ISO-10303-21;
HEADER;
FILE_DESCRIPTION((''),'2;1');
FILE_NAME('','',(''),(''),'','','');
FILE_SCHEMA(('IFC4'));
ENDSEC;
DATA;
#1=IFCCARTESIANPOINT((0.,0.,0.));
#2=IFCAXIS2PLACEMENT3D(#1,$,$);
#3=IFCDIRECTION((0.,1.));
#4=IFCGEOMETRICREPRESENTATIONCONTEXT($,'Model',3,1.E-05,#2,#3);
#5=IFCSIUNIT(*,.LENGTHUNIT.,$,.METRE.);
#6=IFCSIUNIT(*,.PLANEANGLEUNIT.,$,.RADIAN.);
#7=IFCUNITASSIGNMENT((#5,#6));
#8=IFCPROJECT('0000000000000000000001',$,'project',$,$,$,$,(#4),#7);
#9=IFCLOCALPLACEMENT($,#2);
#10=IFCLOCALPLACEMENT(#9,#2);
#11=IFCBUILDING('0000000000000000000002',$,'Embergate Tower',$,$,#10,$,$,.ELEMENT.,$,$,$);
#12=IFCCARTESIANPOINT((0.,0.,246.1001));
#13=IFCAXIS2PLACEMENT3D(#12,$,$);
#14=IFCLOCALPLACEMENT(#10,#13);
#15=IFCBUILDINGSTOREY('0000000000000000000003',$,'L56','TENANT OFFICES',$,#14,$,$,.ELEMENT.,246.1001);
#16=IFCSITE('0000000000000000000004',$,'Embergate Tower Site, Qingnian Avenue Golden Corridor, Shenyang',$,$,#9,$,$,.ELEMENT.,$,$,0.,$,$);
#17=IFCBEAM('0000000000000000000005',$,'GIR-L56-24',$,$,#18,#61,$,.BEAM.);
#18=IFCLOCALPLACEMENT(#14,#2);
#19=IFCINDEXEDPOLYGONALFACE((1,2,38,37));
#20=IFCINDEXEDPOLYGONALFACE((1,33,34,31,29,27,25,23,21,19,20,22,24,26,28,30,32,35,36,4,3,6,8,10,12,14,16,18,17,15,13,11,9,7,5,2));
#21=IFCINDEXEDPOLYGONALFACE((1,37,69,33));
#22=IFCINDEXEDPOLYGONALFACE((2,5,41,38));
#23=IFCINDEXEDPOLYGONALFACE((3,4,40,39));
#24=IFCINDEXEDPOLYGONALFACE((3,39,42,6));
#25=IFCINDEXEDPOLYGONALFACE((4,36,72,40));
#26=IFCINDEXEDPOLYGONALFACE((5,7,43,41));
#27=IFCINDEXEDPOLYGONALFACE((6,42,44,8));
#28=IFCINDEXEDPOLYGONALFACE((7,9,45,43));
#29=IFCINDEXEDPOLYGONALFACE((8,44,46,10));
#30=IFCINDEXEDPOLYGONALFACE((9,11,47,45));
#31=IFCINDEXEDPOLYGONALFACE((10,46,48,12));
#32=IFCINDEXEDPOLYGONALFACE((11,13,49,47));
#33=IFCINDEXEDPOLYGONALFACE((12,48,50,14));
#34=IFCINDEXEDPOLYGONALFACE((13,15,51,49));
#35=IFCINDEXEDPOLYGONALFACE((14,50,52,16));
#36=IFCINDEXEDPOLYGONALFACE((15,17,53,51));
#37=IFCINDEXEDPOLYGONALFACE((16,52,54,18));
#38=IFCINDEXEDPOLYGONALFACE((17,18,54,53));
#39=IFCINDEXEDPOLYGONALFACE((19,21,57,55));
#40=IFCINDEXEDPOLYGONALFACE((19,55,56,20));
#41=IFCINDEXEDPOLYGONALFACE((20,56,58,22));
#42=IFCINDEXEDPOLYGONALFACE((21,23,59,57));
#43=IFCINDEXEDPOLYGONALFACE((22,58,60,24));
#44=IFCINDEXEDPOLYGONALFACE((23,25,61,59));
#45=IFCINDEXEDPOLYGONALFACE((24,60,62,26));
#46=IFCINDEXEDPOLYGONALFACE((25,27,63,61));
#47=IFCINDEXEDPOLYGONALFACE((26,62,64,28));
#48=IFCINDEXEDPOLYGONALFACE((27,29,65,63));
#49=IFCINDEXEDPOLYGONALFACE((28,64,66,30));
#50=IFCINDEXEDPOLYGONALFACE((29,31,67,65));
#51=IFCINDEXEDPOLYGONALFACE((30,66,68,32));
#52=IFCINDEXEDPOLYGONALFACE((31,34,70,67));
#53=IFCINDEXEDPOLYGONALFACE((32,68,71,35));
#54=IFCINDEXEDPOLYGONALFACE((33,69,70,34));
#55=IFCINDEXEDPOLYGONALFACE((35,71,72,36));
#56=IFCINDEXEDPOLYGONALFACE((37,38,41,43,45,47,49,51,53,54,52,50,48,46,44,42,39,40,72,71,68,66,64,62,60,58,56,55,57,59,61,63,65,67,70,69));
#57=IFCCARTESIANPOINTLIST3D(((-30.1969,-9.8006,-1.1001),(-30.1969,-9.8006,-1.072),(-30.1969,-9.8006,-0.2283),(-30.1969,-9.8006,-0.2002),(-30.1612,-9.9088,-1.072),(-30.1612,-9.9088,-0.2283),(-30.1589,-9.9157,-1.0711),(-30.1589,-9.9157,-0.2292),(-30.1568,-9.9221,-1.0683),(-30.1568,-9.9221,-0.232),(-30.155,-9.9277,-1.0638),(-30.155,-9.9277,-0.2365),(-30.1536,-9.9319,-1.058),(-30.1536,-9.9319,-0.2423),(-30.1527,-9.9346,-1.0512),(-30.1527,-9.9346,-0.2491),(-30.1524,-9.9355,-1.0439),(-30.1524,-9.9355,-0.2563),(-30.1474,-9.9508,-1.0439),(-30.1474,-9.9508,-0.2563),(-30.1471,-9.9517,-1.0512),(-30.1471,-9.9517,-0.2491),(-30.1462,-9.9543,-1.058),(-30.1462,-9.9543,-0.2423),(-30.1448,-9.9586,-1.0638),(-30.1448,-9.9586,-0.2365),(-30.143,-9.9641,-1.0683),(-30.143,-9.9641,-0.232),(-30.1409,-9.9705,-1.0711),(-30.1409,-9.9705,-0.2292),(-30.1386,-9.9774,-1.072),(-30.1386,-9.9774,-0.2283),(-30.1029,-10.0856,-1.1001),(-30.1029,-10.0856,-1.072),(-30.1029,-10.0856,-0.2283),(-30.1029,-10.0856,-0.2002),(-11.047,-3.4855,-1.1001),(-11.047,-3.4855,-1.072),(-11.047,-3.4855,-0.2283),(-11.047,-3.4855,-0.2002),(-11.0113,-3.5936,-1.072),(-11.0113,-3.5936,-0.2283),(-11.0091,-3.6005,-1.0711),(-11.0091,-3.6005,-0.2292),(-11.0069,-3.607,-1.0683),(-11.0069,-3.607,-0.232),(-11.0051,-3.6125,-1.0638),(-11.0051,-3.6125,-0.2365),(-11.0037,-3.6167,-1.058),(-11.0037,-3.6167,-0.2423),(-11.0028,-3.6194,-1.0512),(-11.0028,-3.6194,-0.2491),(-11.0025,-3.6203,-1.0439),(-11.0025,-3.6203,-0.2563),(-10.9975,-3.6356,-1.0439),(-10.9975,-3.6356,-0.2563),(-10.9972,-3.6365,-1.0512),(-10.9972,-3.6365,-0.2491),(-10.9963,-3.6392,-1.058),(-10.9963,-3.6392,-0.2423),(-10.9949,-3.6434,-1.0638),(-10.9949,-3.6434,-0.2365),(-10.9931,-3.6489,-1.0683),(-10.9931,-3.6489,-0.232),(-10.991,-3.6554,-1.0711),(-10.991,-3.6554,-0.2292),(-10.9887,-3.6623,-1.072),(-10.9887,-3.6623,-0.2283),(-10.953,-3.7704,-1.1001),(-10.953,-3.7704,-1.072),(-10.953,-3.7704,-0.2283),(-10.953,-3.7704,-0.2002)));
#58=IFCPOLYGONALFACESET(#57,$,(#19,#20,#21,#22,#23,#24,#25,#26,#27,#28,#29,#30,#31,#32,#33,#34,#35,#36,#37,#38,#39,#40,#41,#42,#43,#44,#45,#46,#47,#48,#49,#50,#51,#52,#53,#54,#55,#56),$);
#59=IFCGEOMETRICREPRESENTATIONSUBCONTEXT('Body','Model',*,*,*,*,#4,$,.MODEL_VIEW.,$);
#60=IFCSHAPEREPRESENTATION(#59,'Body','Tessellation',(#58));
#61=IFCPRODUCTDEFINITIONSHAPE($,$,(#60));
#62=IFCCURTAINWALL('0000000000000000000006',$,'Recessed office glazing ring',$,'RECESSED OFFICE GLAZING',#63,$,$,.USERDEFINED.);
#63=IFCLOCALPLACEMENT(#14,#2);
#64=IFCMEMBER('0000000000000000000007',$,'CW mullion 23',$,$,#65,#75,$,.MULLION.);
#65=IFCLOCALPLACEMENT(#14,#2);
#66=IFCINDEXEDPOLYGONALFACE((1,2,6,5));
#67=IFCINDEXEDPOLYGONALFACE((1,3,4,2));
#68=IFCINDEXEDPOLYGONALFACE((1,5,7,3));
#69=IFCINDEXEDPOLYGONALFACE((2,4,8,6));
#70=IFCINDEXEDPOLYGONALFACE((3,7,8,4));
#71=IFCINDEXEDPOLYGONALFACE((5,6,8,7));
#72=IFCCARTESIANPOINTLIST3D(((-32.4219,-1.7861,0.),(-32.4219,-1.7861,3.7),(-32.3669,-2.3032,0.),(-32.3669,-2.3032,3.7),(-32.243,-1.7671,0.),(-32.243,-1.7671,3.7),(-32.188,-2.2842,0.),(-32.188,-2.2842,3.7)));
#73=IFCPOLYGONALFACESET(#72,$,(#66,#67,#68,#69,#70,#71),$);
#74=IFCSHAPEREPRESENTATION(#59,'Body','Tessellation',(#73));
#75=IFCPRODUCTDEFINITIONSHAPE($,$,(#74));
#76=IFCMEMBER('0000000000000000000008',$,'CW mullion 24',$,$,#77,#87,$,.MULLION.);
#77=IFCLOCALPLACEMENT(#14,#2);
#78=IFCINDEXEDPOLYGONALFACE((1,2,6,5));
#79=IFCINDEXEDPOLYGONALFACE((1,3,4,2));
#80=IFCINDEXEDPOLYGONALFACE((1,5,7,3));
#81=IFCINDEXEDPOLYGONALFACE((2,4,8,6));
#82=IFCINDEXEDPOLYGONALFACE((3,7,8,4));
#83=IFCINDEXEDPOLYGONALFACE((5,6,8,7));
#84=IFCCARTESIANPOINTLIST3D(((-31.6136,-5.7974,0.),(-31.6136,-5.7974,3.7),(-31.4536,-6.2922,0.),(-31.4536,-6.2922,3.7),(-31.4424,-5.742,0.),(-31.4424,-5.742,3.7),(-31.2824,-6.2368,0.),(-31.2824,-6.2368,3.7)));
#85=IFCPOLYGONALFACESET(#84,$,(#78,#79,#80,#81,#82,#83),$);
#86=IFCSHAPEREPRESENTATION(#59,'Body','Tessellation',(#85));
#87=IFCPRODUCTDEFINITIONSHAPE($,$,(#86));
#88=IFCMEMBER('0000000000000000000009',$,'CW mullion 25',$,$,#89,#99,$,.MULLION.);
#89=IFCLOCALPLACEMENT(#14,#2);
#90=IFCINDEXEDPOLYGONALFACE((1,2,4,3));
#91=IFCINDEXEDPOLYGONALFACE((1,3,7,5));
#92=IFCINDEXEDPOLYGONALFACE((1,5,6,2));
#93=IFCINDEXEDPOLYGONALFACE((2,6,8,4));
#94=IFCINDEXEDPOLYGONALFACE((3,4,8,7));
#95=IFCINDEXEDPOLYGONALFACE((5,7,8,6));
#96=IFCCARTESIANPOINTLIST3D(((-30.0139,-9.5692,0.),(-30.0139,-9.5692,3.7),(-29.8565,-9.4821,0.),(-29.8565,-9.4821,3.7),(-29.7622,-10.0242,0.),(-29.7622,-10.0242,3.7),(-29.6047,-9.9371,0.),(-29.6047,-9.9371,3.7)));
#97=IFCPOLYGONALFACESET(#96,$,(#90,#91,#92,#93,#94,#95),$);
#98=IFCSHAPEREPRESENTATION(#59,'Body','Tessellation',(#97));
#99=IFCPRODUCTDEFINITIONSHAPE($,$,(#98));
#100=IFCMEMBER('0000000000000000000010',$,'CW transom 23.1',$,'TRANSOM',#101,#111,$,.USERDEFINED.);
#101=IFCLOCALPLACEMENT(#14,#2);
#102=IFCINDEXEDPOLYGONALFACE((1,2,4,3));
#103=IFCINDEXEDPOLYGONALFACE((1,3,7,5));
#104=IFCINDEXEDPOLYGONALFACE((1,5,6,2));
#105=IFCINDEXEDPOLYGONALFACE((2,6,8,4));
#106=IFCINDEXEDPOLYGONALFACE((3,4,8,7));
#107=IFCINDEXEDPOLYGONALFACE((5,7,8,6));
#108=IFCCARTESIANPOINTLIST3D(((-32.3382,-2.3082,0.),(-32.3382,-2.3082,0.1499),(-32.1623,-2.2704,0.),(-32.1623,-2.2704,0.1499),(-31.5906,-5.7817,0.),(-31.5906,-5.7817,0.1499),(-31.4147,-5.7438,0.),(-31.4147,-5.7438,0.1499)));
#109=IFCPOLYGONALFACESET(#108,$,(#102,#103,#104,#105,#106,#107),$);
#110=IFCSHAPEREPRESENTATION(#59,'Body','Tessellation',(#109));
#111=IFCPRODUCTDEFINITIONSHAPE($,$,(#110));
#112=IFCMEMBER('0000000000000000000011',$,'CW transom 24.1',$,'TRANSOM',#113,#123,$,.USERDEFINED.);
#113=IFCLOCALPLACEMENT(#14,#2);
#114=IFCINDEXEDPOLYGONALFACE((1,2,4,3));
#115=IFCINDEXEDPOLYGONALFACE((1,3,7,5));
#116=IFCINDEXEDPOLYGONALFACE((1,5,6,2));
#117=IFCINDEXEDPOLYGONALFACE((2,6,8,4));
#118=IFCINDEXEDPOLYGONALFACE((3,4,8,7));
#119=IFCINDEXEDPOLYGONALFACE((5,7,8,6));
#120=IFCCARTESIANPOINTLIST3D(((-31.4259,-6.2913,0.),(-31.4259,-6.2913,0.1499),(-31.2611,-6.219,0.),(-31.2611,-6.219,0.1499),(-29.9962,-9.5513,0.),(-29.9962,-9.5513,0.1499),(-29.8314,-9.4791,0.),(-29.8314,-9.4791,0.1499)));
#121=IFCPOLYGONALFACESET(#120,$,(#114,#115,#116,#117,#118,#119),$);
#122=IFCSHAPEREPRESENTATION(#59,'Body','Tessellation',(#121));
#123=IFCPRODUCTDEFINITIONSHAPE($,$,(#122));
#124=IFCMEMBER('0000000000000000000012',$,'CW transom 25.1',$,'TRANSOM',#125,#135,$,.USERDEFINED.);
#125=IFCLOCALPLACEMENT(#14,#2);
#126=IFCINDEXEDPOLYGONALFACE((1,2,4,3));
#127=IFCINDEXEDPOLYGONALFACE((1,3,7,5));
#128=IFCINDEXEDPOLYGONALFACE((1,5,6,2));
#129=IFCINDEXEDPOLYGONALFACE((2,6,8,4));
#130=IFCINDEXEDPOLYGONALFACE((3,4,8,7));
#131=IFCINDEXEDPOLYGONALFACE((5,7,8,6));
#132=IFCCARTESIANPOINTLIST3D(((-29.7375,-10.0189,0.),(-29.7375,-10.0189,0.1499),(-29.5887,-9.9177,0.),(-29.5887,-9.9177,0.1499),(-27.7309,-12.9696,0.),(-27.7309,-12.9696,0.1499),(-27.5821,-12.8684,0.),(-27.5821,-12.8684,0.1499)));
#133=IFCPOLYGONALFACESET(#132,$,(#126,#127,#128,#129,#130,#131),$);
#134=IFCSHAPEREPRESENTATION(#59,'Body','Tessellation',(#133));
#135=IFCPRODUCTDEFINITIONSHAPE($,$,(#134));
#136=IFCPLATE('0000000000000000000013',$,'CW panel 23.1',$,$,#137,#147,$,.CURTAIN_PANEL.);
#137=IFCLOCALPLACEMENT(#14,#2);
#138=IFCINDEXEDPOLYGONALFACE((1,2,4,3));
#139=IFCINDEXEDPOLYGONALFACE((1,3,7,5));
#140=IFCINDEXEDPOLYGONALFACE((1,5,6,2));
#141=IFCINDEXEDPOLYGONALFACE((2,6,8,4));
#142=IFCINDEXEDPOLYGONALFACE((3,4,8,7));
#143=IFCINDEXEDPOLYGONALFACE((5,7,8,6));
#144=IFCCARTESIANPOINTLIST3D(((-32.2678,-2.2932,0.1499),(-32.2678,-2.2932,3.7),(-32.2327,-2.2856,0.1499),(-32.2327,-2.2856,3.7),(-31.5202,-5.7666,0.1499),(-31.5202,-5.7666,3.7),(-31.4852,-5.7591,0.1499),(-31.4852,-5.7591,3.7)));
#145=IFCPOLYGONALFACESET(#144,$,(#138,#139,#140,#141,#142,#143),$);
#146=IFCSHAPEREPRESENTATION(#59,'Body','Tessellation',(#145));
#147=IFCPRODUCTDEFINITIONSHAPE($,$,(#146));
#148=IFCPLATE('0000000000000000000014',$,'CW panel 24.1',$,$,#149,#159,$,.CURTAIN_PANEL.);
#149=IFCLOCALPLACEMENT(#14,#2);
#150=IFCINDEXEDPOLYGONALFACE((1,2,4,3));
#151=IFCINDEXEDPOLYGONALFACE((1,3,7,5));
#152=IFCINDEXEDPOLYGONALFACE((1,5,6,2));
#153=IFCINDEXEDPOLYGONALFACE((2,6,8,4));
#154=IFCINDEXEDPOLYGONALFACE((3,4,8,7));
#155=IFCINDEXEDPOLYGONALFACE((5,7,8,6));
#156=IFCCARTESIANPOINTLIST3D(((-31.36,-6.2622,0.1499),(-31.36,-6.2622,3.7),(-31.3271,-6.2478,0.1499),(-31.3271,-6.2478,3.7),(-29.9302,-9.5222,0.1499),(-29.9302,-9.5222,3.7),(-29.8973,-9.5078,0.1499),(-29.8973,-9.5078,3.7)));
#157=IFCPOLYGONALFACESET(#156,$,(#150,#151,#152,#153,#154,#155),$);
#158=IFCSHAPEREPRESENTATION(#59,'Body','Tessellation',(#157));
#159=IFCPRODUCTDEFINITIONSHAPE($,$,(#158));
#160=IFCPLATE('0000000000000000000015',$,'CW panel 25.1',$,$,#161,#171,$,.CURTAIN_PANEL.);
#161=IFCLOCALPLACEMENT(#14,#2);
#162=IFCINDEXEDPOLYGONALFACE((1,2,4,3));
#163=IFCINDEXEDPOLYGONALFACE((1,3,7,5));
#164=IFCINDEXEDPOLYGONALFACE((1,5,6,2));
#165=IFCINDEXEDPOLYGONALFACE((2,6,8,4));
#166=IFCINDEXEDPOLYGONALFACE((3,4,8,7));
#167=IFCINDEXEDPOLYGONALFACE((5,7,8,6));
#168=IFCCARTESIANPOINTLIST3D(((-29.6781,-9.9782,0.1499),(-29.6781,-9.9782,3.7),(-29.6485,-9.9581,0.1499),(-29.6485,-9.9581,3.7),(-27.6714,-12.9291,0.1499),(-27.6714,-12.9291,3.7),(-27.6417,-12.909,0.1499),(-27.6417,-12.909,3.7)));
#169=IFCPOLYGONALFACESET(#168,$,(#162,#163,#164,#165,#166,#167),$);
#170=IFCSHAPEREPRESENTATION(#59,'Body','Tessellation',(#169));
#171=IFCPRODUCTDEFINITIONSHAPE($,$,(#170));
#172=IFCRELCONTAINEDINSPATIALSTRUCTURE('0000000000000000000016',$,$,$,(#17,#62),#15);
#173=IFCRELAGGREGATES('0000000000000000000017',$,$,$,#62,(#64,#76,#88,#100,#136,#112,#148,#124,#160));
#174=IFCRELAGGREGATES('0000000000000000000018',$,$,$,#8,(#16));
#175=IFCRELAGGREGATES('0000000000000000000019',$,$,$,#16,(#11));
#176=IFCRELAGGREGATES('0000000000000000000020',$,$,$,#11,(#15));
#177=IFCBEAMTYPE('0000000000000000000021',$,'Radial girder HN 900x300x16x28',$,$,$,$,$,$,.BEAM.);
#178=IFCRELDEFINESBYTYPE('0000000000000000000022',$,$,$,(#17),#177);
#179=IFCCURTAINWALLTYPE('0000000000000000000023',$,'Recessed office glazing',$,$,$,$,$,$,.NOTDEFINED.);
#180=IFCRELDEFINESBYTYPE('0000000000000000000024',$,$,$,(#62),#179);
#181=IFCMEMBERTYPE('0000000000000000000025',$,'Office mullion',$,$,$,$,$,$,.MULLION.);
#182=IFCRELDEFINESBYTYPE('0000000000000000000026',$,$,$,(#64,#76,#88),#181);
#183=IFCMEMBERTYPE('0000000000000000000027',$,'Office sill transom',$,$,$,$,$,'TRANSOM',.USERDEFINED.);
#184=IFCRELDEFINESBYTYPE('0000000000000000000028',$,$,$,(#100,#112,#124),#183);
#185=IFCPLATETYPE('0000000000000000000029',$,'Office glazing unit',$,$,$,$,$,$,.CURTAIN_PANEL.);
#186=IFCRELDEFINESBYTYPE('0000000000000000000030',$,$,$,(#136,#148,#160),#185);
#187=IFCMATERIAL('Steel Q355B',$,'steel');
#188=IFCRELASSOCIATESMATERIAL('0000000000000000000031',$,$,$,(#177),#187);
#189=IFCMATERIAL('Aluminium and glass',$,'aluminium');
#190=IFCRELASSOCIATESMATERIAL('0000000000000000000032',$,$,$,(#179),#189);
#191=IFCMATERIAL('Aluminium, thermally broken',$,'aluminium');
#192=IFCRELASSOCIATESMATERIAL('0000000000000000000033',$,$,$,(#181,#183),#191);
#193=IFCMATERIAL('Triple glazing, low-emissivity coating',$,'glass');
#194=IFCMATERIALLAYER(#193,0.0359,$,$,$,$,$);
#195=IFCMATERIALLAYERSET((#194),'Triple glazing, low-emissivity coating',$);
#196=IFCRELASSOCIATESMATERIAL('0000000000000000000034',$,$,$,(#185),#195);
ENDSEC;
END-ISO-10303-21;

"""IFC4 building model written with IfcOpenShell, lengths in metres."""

from ifc_helpers import new_model, si_unit, direction, frame, origin, origin_2d, place, context, subcontext, project, spatial, rectangle, i_section, extrude, source, transform, mapped, material, layer, layer_set, material_profile, profile_set, type_object, element, aggregate, save


model = new_model("IFC4")

# Units and contexts
model_context = context("Model", 3, precision=1e-05, world=origin(), true_north=direction((0.0, 1.0)))
body_context = subcontext(model_context, "Body", "Model", "MODEL_VIEW")
ifc_project = project(units=[si_unit("LENGTHUNIT", "METRE"), si_unit("PLANEANGLEUNIT", "RADIAN")], contexts=[model_context])

# Site, building, storey
site_placement = place(None, origin())
site = spatial("IfcSite", under=ifc_project, at=site_placement, Name="Embergate Tower Site, Qingnian Avenue Golden Corridor, Shenyang", CompositionType="ELEMENT", RefElevation=0.0)
building_placement = place(site_placement, origin())
building = spatial("IfcBuilding", under=site, at=building_placement, Name="Embergate Tower", CompositionType="ELEMENT")
storey_placement = place(building_placement, frame((0.0, 0.0, 246.1001)))
storey = spatial("IfcBuildingStorey", under=building, at=storey_placement, Name="L56", Description="TENANT OFFICES", CompositionType="ELEMENT", Elevation=246.1001)

# Beam
ifc_material_1 = material(Name="Steel Q355B", Category="steel")
ifc_material_profile_1 = material_profile(ifc_material_1, i_section(OverallWidth=0.3, OverallDepth=0.8999, WebThickness=0.0161, FlangeThickness=0.0281, FilletRadius=0.0281, at=origin_2d()), Name="HN 900x300x16x28")
ifc_profile_set_1 = profile_set([ifc_material_profile_1], Name="Steel Q355 grade B")
beam_type_1 = type_object("IfcBeamType", Name="Radial girder HN 900x300x16x28", PredefinedType="BEAM", material=ifc_profile_set_1)
shared_shape_1 = source(origin(), body_context, "Body", "SweptSolid", [
    extrude(i_section(OverallWidth=0.3, OverallDepth=0.8999, WebThickness=0.0161, FlangeThickness=0.0281, FilletRadius=0.0281, at=origin_2d()), origin(), (0.0, 0.0, 1.0), 20.1643),
])
beam_1_placement = place(storey_placement, frame((-30.1499, -9.9431, -0.6501), z_axis=(0.949692, 0.313186, 0.0), x_axis=(-0.313186, 0.949692, 0.0)))
element("IfcBeam", 1, at=beam_1_placement, inside=storey, type_object=beam_type_1, Name="GIR-L56-24", PredefinedType="BEAM", context=body_context, shape_type="MappedRepresentation", body=[
    mapped(shared_shape_1, transform((0.0, 0.0, 0.0))),
])

# Curtain wall, members, plates
ifc_material_2 = material(Name="Aluminium and glass", Category="aluminium")
curtain_wall_type = type_object("IfcCurtainWallType", Name="Recessed office glazing", PredefinedType="NOTDEFINED", material=ifc_material_2)
curtain_wall_placement = place(storey_placement, origin())
curtain_wall = element("IfcCurtainWall", 2, at=curtain_wall_placement, inside=storey, type_object=curtain_wall_type, Name="Recessed office glazing ring", ObjectType="RECESSED OFFICE GLAZING", PredefinedType="USERDEFINED")
ifc_material_3 = material(Name="Aluminium, thermally broken", Category="aluminium")
ifc_material_profile_2 = material_profile(ifc_material_3, rectangle(XDim=0.1799, YDim=0.52, at=origin_2d()), Name="AL 520x180")
ifc_profile_set_2 = profile_set([ifc_material_profile_2], Name="Aluminium, thermally broken")
member_type_1 = type_object("IfcMemberType", Name="Office mullion", PredefinedType="MULLION", material=ifc_profile_set_2)
shared_shape_2 = source(origin(), body_context, "Body", "SweptSolid", [
    extrude(rectangle(XDim=0.1799, YDim=0.52, at=origin_2d()), origin(), (0.0, 0.0, 1.0), 3.7),
])
member_1_placement = place(storey_placement, frame((-32.3049, -2.0352, 0.0), z_axis=(0.0, 0.0, 1.0), x_axis=(0.994385, 0.105827, 0.0)))
member_1 = element("IfcMember", 3, at=member_1_placement, type_object=member_type_1, Name="CW mullion 23", PredefinedType="MULLION", context=body_context, shape_type="MappedRepresentation", body=[
    mapped(shared_shape_2, transform((0.0, 0.0, 0.0))),
])
member_2_placement = place(storey_placement, frame((-31.448, -6.0171, 0.0), z_axis=(0.0, 0.0, 1.0), x_axis=(0.951496, 0.307662, 0.0)))
member_2 = element("IfcMember", 4, at=member_2_placement, type_object=member_type_1, Name="CW mullion 24", PredefinedType="MULLION", context=body_context, shape_type="MappedRepresentation", body=[
    mapped(shared_shape_2, transform((0.0, 0.0, 0.0))),
])
member_3_placement = place(storey_placement, frame((-29.8093, -9.7532, 0.0), z_axis=(0.0, 0.0, 1.0), x_axis=(0.874998, 0.484127, 0.0)))
member_3 = element("IfcMember", 5, at=member_3_placement, type_object=member_type_1, Name="CW mullion 25", PredefinedType="MULLION", context=body_context, shape_type="MappedRepresentation", body=[
    mapped(shared_shape_2, transform((0.0, 0.0, 0.0))),
])
ifc_material_profile_3 = material_profile(ifc_material_3, rectangle(XDim=0.1799, YDim=0.1499, at=origin_2d()), Name="AL 150x180")
ifc_profile_set_3 = profile_set([ifc_material_profile_3], Name="Aluminium, thermally broken")
member_type_2 = type_object("IfcMemberType", Name="Office sill transom", ElementType="TRANSOM", PredefinedType="USERDEFINED", material=ifc_profile_set_3)
shared_shape_3 = source(origin(), body_context, "Body", "SweptSolid", [
    extrude(rectangle(XDim=0.1799, YDim=0.1499, at=origin_2d()), origin(), (0.0, 0.0, 1.0), 3.553),
])
member_4_placement = place(storey_placement, frame((-32.2502, -2.2893, 0.075), z_axis=(0.210407, -0.977614, 0.0), x_axis=(0.977614, 0.210407, 0.0)))
member_4 = element("IfcMember", 6, at=member_4_placement, type_object=member_type_2, Name="CW transom 23.1", ObjectType="TRANSOM", PredefinedType="USERDEFINED", context=body_context, shape_type="MappedRepresentation", body=[
    mapped(shared_shape_3, transform((0.0, 0.0, 0.0))),
])
shared_shape_4 = source(origin(), body_context, "Body", "SweptSolid", [
    extrude(rectangle(XDim=0.1799, YDim=0.1499, at=origin_2d()), origin(), (0.0, 0.0, 1.0), 3.5598),
])
member_5_placement = place(storey_placement, frame((-31.3435, -6.2551, 0.075), z_axis=(0.401628, -0.915803, 0.0), x_axis=(0.915803, 0.401628, 0.0)))
member_5 = element("IfcMember", 7, at=member_5_placement, type_object=member_type_2, Name="CW transom 24.1", ObjectType="TRANSOM", PredefinedType="USERDEFINED", context=body_context, shape_type="MappedRepresentation", body=[
    mapped(shared_shape_4, transform((0.0, 0.0, 0.0))),
])
shared_shape_5 = source(origin(), body_context, "Body", "SweptSolid", [
    extrude(rectangle(XDim=0.1799, YDim=0.1499, at=origin_2d()), origin(), (0.0, 0.0, 1.0), 3.5684),
])
member_6_placement = place(storey_placement, frame((-29.6631, -9.9683, 0.075), z_axis=(0.562334, -0.82691, 0.0), x_axis=(0.82691, 0.562334, 0.0)))
member_6 = element("IfcMember", 8, at=member_6_placement, type_object=member_type_2, Name="CW transom 25.1", ObjectType="TRANSOM", PredefinedType="USERDEFINED", context=body_context, shape_type="MappedRepresentation", body=[
    mapped(shared_shape_5, transform((0.0, 0.0, 0.0))),
])
ifc_material_4 = material(Name="Triple glazing, low-emissivity coating", Category="glass")
ifc_layer_1 = layer(ifc_material_4, 0.0359)
ifc_layer_set_1 = layer_set([ifc_layer_1], Name="Triple glazing, low-emissivity coating")
plate_type = type_object("IfcPlateType", Name="Office glazing unit", PredefinedType="CURTAIN_PANEL", material=ifc_layer_set_1)
shared_shape_6 = source(origin(), body_context, "Body", "SweptSolid", [
    extrude(rectangle(XDim=3.553, YDim=0.0359, at=origin_2d()), origin(), (0.0, 0.0, 1.0), 3.55),
])
plate_1_placement = place(storey_placement, frame((-31.8765, -4.0261, 0.1499), z_axis=(0.0, 0.0, 1.0), x_axis=(0.210398, -0.977616, 0.0)))
plate_1 = element("IfcPlate", 9, at=plate_1_placement, type_object=plate_type, Name="CW panel 23.1", PredefinedType="CURTAIN_PANEL", context=body_context, shape_type="MappedRepresentation", body=[
    mapped(shared_shape_6, transform((0.0, 0.0, 0.0))),
])
shared_shape_7 = source(origin(), body_context, "Body", "SweptSolid", [
    extrude(rectangle(XDim=3.5598, YDim=0.0359, at=origin_2d()), origin(), (0.0, 0.0, 1.0), 3.55),
])
plate_2_placement = place(storey_placement, frame((-30.6287, -7.885, 0.1499), z_axis=(0.0, 0.0, 1.0), x_axis=(0.401652, -0.915792, 0.0)))
plate_2 = element("IfcPlate", 10, at=plate_2_placement, type_object=plate_type, Name="CW panel 24.1", PredefinedType="CURTAIN_PANEL", context=body_context, shape_type="MappedRepresentation", body=[
    mapped(shared_shape_7, transform((0.0, 0.0, 0.0))),
])
shared_shape_8 = source(origin(), body_context, "Body", "SweptSolid", [
    extrude(rectangle(XDim=3.5686, YDim=0.0359, at=origin_2d()), origin(), (0.0, 0.0, 1.0), 3.55),
])
plate_3_placement = place(storey_placement, frame((-28.6599, -11.4436, 0.1499), z_axis=(0.0, 0.0, 1.0), x_axis=(0.562342, -0.826905, 0.0)))
plate_3 = element("IfcPlate", 11, at=plate_3_placement, type_object=plate_type, Name="CW panel 25.1", PredefinedType="CURTAIN_PANEL", context=body_context, shape_type="MappedRepresentation", body=[
    mapped(shared_shape_8, transform((0.0, 0.0, 0.0))),
])
aggregate(curtain_wall, [member_1, member_2, member_3, member_4, plate_1, member_5, plate_2, member_6, plate_3])

save(model, "model.ifc")
